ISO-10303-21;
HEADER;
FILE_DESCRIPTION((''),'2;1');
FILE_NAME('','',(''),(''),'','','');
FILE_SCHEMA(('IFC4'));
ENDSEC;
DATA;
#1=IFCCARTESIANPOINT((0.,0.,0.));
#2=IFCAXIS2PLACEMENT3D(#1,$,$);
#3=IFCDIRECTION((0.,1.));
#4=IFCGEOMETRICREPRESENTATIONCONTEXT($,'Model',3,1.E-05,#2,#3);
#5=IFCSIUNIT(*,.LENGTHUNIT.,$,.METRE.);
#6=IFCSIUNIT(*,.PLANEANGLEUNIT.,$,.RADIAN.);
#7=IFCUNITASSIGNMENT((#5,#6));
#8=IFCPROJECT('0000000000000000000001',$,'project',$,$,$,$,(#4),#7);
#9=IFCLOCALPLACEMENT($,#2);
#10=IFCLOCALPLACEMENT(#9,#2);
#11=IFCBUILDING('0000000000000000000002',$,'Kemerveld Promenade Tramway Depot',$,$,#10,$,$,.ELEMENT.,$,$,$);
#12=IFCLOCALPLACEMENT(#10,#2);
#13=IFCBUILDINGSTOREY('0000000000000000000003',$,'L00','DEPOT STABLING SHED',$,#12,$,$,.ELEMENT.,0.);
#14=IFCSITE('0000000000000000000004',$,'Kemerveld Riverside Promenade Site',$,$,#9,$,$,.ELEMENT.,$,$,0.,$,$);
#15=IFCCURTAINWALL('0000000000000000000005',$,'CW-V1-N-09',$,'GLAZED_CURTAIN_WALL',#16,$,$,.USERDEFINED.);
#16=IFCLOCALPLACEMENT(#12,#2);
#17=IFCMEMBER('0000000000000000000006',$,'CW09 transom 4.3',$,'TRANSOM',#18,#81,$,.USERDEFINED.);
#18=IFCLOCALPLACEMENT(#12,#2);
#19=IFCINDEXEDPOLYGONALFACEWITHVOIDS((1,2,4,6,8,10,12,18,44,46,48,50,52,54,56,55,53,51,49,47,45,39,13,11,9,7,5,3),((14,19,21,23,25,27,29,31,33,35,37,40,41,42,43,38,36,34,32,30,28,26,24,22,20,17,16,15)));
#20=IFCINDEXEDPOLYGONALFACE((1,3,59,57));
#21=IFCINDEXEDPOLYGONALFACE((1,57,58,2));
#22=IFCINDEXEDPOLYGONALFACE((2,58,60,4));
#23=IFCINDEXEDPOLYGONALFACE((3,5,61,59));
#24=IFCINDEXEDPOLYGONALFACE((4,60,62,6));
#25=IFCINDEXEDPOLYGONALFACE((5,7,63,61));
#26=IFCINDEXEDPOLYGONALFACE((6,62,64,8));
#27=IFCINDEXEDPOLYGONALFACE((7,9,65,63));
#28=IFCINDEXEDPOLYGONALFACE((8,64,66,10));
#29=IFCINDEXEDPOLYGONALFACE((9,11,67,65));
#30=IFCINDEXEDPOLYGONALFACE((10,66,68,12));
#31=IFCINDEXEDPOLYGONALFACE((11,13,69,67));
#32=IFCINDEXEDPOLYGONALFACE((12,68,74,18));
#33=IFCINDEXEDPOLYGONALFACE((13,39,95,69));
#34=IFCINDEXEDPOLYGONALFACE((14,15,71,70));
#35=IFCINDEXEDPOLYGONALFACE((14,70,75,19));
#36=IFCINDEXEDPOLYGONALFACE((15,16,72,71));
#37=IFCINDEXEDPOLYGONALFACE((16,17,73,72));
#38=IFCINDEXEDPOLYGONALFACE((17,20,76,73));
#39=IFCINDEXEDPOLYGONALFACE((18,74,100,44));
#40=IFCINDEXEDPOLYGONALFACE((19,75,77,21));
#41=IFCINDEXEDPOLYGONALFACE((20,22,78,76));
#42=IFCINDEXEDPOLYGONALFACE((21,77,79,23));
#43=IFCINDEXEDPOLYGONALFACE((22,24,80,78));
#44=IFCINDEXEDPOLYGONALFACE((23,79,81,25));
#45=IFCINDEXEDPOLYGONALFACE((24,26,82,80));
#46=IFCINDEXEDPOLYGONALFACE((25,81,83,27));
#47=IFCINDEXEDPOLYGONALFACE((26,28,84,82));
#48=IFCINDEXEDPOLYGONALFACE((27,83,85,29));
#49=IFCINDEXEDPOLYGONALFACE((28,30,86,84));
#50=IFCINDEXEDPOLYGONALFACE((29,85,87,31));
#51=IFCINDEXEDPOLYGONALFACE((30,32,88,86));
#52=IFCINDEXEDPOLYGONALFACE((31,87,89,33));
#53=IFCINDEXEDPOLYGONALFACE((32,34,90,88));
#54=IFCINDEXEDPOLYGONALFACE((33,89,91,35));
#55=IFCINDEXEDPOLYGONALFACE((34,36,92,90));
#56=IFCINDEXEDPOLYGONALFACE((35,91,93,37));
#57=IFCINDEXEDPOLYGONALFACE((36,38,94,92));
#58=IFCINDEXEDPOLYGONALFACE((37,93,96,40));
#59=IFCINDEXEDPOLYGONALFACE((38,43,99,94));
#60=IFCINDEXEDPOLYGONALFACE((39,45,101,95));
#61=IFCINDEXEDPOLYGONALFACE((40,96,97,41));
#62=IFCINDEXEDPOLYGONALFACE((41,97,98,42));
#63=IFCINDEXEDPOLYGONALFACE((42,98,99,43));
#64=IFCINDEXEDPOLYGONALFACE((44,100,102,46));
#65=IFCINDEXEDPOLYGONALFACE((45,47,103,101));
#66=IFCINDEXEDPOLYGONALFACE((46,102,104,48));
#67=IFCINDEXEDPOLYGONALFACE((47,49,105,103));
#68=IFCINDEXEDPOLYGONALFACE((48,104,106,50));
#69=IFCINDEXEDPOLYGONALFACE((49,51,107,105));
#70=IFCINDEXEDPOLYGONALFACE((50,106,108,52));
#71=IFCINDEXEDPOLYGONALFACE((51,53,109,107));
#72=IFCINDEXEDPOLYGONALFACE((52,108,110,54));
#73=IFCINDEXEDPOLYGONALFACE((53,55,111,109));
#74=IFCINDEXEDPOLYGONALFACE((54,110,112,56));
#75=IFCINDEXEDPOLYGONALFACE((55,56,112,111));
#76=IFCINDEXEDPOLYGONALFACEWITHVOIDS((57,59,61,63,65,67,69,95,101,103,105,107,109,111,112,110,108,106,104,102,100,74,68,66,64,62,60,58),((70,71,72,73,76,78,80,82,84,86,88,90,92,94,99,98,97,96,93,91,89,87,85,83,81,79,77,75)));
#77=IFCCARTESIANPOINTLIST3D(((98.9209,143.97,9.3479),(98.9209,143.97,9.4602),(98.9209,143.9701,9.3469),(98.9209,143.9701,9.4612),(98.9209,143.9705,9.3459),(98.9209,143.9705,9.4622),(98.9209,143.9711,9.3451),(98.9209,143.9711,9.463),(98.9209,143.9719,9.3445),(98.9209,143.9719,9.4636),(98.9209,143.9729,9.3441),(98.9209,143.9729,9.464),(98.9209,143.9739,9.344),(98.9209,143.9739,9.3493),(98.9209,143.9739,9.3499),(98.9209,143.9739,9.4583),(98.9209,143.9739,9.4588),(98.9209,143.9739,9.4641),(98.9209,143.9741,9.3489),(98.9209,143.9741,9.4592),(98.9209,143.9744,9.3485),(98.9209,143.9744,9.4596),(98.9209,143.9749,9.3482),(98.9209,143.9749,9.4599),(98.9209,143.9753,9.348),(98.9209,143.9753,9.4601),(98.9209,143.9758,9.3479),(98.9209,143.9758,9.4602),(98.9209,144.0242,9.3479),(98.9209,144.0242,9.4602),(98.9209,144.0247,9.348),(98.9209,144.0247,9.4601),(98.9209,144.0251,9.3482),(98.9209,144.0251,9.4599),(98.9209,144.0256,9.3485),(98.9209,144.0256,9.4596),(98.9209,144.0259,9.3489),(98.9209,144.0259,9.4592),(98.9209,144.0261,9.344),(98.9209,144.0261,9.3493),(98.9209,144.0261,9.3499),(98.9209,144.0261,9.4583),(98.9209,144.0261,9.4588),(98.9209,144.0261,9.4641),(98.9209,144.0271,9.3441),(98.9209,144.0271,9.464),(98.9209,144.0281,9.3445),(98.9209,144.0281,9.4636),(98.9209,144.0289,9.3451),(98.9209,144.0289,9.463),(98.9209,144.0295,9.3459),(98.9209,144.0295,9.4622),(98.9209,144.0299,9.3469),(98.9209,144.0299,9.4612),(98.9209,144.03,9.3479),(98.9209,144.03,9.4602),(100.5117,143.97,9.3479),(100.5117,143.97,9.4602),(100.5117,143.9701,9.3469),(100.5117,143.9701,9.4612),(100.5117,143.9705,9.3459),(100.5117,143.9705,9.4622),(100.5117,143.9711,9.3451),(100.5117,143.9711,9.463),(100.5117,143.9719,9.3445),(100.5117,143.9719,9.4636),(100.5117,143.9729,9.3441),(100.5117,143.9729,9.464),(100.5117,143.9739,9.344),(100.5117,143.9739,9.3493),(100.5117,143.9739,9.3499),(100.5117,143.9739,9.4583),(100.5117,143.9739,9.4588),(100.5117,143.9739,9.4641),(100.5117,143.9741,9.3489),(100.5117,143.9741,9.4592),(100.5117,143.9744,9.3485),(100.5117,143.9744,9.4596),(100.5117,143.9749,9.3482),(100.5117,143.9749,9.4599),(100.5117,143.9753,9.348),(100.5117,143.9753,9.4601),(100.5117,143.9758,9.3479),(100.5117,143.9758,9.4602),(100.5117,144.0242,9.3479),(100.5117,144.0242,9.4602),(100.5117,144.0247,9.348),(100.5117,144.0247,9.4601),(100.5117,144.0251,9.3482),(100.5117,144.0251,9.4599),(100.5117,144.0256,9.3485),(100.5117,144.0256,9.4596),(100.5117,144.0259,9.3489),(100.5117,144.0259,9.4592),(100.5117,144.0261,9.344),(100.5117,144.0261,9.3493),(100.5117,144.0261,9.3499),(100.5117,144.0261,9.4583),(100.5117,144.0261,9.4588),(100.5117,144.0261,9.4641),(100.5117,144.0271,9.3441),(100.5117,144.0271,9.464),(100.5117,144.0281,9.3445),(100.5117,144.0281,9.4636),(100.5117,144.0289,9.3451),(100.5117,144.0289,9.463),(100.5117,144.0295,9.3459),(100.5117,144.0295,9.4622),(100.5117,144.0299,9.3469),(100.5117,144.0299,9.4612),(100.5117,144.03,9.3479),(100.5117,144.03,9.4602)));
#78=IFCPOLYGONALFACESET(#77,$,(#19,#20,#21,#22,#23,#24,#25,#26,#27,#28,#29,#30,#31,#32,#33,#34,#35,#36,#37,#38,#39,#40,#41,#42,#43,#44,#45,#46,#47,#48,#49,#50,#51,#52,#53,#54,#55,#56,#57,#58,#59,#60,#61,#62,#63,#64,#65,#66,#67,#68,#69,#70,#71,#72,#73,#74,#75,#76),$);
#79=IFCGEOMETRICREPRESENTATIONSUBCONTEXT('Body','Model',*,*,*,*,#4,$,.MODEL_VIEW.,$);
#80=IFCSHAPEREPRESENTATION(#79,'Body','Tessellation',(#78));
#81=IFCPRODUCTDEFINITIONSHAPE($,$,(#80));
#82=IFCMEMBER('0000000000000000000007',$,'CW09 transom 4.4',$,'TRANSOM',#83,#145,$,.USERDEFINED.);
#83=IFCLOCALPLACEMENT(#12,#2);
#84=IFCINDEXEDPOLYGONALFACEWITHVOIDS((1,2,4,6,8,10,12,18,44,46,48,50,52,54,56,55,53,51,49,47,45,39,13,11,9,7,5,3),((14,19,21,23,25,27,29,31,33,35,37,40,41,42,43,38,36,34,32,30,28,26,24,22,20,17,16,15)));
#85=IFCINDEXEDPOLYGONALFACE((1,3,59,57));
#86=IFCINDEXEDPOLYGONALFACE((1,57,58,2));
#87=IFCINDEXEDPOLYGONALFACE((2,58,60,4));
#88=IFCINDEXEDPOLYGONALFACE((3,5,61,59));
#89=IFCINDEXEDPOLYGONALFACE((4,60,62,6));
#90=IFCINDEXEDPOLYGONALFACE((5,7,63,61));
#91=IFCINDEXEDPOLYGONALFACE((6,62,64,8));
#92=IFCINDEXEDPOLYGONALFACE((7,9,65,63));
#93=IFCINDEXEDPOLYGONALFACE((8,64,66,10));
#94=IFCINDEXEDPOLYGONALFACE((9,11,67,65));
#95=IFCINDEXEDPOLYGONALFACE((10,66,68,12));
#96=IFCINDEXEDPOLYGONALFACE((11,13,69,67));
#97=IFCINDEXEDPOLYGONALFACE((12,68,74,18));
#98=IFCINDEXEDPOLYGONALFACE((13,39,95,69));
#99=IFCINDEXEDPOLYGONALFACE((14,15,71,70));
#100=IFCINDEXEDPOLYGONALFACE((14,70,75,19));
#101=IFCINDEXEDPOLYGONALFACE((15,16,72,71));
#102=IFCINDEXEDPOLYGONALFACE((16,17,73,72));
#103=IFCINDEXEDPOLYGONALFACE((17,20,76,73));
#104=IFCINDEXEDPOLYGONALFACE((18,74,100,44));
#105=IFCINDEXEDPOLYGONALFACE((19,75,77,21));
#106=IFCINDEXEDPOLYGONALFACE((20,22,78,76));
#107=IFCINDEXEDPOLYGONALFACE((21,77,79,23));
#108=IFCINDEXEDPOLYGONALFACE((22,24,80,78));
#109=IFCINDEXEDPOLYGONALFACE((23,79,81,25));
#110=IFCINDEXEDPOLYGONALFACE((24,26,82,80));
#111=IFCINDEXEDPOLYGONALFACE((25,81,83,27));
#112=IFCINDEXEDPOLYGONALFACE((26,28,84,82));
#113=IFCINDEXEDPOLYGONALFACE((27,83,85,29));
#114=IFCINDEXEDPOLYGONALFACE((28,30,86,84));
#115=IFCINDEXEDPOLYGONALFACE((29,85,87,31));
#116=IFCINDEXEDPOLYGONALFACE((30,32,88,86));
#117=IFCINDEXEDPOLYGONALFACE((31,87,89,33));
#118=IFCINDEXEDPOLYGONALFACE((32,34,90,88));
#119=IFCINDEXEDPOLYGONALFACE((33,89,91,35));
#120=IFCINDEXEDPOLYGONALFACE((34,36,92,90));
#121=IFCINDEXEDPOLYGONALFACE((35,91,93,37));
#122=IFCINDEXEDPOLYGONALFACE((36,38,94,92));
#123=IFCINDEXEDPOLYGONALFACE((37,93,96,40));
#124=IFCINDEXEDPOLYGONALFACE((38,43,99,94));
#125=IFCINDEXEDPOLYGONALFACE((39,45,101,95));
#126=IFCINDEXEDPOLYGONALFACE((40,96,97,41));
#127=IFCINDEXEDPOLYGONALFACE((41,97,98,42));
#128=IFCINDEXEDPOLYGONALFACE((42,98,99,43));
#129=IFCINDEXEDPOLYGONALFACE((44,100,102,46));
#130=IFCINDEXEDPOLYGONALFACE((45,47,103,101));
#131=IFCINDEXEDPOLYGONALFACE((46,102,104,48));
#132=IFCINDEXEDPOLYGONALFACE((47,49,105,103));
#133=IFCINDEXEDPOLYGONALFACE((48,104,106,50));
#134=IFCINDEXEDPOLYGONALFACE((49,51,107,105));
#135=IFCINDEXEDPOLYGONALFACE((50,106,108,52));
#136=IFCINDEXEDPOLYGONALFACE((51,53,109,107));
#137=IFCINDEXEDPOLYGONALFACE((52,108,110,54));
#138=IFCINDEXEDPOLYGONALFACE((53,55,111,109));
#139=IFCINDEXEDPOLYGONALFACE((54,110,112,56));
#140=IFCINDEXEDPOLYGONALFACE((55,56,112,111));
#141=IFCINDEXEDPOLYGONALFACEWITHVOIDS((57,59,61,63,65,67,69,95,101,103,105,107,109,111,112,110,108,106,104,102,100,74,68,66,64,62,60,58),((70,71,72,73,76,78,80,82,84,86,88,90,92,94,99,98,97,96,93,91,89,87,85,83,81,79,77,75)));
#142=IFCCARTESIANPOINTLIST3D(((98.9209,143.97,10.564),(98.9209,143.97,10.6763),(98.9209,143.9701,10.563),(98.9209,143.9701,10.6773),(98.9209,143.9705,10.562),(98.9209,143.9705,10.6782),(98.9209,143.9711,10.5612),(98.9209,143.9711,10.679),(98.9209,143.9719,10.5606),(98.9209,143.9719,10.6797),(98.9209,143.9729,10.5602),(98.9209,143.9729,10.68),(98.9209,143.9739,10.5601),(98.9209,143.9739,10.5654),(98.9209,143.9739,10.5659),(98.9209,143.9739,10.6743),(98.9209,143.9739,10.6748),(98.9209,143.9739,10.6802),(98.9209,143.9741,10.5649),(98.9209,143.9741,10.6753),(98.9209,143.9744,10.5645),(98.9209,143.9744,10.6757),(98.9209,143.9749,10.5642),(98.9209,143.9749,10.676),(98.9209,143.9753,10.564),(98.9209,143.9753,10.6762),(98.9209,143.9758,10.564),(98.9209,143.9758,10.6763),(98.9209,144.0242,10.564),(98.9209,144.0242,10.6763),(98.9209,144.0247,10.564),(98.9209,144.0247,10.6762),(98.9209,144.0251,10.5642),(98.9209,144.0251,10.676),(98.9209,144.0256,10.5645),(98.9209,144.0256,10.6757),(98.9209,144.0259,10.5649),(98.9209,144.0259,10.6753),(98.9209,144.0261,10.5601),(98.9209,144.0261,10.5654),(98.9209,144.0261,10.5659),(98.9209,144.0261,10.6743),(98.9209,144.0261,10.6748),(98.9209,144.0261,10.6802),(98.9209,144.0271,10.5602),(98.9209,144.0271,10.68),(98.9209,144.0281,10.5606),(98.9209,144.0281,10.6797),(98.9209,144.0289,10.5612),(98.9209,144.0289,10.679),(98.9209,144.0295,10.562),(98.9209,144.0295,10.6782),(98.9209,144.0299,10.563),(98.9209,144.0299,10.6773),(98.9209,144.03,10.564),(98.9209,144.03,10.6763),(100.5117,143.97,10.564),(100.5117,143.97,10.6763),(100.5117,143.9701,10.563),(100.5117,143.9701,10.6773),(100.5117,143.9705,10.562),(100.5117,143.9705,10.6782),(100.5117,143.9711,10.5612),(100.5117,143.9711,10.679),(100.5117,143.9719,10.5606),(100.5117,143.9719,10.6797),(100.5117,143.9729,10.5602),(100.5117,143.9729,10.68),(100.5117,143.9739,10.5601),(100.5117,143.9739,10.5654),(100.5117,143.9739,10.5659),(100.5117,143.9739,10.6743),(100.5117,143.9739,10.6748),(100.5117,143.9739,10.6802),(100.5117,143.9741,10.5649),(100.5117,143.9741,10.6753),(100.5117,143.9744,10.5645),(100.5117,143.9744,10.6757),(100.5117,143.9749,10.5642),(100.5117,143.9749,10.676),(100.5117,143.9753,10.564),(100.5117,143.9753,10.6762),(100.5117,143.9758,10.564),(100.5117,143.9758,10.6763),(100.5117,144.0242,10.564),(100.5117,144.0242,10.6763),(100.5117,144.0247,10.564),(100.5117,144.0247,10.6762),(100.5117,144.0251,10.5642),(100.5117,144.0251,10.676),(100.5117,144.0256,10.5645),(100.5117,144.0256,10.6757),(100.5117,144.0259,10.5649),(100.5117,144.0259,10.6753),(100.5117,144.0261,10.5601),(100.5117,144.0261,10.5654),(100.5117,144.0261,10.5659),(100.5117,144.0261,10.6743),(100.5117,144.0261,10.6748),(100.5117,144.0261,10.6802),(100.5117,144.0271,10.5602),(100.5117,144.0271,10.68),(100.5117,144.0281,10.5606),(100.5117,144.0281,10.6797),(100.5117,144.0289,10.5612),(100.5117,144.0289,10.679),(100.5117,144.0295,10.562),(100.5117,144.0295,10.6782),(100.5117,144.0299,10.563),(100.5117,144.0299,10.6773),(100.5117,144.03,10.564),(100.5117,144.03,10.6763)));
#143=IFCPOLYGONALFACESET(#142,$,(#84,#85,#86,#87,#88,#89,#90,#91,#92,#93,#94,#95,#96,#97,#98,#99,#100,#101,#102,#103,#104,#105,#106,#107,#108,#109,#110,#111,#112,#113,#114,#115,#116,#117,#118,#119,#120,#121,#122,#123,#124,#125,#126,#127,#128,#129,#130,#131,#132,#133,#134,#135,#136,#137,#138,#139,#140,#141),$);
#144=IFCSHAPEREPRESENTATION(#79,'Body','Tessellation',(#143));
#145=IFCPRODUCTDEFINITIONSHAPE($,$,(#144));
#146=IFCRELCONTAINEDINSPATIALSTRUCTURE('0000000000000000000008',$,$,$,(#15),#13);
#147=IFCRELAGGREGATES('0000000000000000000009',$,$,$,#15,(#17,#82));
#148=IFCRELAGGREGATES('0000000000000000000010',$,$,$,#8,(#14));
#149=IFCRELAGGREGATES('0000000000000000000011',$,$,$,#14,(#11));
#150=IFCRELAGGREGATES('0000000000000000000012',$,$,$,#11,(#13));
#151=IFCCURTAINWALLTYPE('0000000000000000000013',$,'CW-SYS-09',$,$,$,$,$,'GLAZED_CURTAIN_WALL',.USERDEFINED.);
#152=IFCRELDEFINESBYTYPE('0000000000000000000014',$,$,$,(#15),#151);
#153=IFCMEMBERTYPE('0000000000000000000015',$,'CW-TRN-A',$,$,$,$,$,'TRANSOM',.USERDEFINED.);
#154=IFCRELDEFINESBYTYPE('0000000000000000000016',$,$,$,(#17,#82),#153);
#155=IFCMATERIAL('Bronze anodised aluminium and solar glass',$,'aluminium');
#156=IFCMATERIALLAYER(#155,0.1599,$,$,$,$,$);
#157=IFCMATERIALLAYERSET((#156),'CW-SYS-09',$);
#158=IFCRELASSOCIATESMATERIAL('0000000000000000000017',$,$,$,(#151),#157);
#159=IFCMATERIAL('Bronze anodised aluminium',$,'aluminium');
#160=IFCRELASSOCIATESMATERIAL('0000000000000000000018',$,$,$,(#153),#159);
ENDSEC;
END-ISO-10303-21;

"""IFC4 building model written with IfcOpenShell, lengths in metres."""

from ifc_helpers import new_model, si_unit, direction, frame, origin, origin_2d, place, context, subcontext, project, spatial, hollow_rectangle, extrude, material, layer, layer_set, material_profile, profile_set, type_object, element, aggregate, save


model = new_model("IFC4")

# Units and contexts
model_context = context("Model", 3, precision=1e-05, world=origin(), true_north=direction((0.0, 1.0)))
body_context = subcontext(model_context, "Body", "Model", "MODEL_VIEW")
ifc_project = project(units=[si_unit("LENGTHUNIT", "METRE"), si_unit("PLANEANGLEUNIT", "RADIAN")], contexts=[model_context])

# Site, building, storey
site_placement = place(None, origin())
site = spatial("IfcSite", under=ifc_project, at=site_placement, Name="Kemerveld Riverside Promenade Site", CompositionType="ELEMENT", RefElevation=0.0)
building_placement = place(site_placement, origin())
building = spatial("IfcBuilding", under=site, at=building_placement, Name="Kemerveld Promenade Tramway Depot", CompositionType="ELEMENT")
storey_placement = place(building_placement, origin())
storey = spatial("IfcBuildingStorey", under=building, at=storey_placement, Name="L00", Description="DEPOT STABLING SHED", CompositionType="ELEMENT", Elevation=0.0)

# Curtain wall, members
ifc_material_1 = material(Name="Bronze anodised aluminium and solar glass", Category="aluminium")
ifc_layer_1 = layer(ifc_material_1, 0.1599)
ifc_layer_set_1 = layer_set([ifc_layer_1], Name="CW-SYS-09")
curtain_wall_type_1 = type_object("IfcCurtainWallType", Name="CW-SYS-09", ElementType="GLAZED_CURTAIN_WALL", PredefinedType="USERDEFINED", material=ifc_layer_set_1)
curtain_wall_1_placement = place(storey_placement, origin())
curtain_wall_1 = element("IfcCurtainWall", 1, at=curtain_wall_1_placement, inside=storey, type_object=curtain_wall_type_1, Name="CW-V1-N-09", ObjectType="GLAZED_CURTAIN_WALL", PredefinedType="USERDEFINED")
ifc_material_2 = material(Name="Bronze anodised aluminium", Category="aluminium")
ifc_material_profile_1 = material_profile(ifc_material_2, hollow_rectangle(XDim=0.0601, YDim=0.1201, WallThickness=0.0039, InnerFilletRadius=0.002, OuterFilletRadius=0.0039, at=origin_2d()), Name="CW-TRN-120x60")
ifc_profile_set_1 = profile_set([ifc_material_profile_1], Name="Bronze anodised aluminium")
member_type_1 = type_object("IfcMemberType", Name="CW-TRN-A", ElementType="TRANSOM", PredefinedType="USERDEFINED", material=ifc_profile_set_1)
member_1_placement = place(storey_placement, frame((98.9209, 144.0, 9.4041), z_axis=(1.0, 0.0, 0.0), x_axis=(0.0, 1.0, 0.0)))
member_1 = element("IfcMember", 2, at=member_1_placement, type_object=member_type_1, Name="CW09 transom 4.3", ObjectType="TRANSOM", PredefinedType="USERDEFINED", context=body_context, shape_type="SweptSolid", body=[
    extrude(hollow_rectangle(XDim=0.0601, YDim=0.1201, WallThickness=0.0039, InnerFilletRadius=0.002, OuterFilletRadius=0.0039, at=origin_2d()), origin(), (0.0, 0.0, 1.0), 1.5908),
])
member_2_placement = place(storey_placement, frame((98.9209, 144.0, 10.6201), z_axis=(1.0, 0.0, 0.0), x_axis=(0.0, 1.0, 0.0)))
member_2 = element("IfcMember", 3, at=member_2_placement, type_object=member_type_1, Name="CW09 transom 4.4", ObjectType="TRANSOM", PredefinedType="USERDEFINED", context=body_context, shape_type="SweptSolid", body=[
    extrude(hollow_rectangle(XDim=0.0601, YDim=0.1201, WallThickness=0.0039, InnerFilletRadius=0.002, OuterFilletRadius=0.0039, at=origin_2d()), origin(), (0.0, 0.0, 1.0), 1.5908),
])

aggregate(curtain_wall_1, [member_1, member_2])

save(model, "model.ifc")
